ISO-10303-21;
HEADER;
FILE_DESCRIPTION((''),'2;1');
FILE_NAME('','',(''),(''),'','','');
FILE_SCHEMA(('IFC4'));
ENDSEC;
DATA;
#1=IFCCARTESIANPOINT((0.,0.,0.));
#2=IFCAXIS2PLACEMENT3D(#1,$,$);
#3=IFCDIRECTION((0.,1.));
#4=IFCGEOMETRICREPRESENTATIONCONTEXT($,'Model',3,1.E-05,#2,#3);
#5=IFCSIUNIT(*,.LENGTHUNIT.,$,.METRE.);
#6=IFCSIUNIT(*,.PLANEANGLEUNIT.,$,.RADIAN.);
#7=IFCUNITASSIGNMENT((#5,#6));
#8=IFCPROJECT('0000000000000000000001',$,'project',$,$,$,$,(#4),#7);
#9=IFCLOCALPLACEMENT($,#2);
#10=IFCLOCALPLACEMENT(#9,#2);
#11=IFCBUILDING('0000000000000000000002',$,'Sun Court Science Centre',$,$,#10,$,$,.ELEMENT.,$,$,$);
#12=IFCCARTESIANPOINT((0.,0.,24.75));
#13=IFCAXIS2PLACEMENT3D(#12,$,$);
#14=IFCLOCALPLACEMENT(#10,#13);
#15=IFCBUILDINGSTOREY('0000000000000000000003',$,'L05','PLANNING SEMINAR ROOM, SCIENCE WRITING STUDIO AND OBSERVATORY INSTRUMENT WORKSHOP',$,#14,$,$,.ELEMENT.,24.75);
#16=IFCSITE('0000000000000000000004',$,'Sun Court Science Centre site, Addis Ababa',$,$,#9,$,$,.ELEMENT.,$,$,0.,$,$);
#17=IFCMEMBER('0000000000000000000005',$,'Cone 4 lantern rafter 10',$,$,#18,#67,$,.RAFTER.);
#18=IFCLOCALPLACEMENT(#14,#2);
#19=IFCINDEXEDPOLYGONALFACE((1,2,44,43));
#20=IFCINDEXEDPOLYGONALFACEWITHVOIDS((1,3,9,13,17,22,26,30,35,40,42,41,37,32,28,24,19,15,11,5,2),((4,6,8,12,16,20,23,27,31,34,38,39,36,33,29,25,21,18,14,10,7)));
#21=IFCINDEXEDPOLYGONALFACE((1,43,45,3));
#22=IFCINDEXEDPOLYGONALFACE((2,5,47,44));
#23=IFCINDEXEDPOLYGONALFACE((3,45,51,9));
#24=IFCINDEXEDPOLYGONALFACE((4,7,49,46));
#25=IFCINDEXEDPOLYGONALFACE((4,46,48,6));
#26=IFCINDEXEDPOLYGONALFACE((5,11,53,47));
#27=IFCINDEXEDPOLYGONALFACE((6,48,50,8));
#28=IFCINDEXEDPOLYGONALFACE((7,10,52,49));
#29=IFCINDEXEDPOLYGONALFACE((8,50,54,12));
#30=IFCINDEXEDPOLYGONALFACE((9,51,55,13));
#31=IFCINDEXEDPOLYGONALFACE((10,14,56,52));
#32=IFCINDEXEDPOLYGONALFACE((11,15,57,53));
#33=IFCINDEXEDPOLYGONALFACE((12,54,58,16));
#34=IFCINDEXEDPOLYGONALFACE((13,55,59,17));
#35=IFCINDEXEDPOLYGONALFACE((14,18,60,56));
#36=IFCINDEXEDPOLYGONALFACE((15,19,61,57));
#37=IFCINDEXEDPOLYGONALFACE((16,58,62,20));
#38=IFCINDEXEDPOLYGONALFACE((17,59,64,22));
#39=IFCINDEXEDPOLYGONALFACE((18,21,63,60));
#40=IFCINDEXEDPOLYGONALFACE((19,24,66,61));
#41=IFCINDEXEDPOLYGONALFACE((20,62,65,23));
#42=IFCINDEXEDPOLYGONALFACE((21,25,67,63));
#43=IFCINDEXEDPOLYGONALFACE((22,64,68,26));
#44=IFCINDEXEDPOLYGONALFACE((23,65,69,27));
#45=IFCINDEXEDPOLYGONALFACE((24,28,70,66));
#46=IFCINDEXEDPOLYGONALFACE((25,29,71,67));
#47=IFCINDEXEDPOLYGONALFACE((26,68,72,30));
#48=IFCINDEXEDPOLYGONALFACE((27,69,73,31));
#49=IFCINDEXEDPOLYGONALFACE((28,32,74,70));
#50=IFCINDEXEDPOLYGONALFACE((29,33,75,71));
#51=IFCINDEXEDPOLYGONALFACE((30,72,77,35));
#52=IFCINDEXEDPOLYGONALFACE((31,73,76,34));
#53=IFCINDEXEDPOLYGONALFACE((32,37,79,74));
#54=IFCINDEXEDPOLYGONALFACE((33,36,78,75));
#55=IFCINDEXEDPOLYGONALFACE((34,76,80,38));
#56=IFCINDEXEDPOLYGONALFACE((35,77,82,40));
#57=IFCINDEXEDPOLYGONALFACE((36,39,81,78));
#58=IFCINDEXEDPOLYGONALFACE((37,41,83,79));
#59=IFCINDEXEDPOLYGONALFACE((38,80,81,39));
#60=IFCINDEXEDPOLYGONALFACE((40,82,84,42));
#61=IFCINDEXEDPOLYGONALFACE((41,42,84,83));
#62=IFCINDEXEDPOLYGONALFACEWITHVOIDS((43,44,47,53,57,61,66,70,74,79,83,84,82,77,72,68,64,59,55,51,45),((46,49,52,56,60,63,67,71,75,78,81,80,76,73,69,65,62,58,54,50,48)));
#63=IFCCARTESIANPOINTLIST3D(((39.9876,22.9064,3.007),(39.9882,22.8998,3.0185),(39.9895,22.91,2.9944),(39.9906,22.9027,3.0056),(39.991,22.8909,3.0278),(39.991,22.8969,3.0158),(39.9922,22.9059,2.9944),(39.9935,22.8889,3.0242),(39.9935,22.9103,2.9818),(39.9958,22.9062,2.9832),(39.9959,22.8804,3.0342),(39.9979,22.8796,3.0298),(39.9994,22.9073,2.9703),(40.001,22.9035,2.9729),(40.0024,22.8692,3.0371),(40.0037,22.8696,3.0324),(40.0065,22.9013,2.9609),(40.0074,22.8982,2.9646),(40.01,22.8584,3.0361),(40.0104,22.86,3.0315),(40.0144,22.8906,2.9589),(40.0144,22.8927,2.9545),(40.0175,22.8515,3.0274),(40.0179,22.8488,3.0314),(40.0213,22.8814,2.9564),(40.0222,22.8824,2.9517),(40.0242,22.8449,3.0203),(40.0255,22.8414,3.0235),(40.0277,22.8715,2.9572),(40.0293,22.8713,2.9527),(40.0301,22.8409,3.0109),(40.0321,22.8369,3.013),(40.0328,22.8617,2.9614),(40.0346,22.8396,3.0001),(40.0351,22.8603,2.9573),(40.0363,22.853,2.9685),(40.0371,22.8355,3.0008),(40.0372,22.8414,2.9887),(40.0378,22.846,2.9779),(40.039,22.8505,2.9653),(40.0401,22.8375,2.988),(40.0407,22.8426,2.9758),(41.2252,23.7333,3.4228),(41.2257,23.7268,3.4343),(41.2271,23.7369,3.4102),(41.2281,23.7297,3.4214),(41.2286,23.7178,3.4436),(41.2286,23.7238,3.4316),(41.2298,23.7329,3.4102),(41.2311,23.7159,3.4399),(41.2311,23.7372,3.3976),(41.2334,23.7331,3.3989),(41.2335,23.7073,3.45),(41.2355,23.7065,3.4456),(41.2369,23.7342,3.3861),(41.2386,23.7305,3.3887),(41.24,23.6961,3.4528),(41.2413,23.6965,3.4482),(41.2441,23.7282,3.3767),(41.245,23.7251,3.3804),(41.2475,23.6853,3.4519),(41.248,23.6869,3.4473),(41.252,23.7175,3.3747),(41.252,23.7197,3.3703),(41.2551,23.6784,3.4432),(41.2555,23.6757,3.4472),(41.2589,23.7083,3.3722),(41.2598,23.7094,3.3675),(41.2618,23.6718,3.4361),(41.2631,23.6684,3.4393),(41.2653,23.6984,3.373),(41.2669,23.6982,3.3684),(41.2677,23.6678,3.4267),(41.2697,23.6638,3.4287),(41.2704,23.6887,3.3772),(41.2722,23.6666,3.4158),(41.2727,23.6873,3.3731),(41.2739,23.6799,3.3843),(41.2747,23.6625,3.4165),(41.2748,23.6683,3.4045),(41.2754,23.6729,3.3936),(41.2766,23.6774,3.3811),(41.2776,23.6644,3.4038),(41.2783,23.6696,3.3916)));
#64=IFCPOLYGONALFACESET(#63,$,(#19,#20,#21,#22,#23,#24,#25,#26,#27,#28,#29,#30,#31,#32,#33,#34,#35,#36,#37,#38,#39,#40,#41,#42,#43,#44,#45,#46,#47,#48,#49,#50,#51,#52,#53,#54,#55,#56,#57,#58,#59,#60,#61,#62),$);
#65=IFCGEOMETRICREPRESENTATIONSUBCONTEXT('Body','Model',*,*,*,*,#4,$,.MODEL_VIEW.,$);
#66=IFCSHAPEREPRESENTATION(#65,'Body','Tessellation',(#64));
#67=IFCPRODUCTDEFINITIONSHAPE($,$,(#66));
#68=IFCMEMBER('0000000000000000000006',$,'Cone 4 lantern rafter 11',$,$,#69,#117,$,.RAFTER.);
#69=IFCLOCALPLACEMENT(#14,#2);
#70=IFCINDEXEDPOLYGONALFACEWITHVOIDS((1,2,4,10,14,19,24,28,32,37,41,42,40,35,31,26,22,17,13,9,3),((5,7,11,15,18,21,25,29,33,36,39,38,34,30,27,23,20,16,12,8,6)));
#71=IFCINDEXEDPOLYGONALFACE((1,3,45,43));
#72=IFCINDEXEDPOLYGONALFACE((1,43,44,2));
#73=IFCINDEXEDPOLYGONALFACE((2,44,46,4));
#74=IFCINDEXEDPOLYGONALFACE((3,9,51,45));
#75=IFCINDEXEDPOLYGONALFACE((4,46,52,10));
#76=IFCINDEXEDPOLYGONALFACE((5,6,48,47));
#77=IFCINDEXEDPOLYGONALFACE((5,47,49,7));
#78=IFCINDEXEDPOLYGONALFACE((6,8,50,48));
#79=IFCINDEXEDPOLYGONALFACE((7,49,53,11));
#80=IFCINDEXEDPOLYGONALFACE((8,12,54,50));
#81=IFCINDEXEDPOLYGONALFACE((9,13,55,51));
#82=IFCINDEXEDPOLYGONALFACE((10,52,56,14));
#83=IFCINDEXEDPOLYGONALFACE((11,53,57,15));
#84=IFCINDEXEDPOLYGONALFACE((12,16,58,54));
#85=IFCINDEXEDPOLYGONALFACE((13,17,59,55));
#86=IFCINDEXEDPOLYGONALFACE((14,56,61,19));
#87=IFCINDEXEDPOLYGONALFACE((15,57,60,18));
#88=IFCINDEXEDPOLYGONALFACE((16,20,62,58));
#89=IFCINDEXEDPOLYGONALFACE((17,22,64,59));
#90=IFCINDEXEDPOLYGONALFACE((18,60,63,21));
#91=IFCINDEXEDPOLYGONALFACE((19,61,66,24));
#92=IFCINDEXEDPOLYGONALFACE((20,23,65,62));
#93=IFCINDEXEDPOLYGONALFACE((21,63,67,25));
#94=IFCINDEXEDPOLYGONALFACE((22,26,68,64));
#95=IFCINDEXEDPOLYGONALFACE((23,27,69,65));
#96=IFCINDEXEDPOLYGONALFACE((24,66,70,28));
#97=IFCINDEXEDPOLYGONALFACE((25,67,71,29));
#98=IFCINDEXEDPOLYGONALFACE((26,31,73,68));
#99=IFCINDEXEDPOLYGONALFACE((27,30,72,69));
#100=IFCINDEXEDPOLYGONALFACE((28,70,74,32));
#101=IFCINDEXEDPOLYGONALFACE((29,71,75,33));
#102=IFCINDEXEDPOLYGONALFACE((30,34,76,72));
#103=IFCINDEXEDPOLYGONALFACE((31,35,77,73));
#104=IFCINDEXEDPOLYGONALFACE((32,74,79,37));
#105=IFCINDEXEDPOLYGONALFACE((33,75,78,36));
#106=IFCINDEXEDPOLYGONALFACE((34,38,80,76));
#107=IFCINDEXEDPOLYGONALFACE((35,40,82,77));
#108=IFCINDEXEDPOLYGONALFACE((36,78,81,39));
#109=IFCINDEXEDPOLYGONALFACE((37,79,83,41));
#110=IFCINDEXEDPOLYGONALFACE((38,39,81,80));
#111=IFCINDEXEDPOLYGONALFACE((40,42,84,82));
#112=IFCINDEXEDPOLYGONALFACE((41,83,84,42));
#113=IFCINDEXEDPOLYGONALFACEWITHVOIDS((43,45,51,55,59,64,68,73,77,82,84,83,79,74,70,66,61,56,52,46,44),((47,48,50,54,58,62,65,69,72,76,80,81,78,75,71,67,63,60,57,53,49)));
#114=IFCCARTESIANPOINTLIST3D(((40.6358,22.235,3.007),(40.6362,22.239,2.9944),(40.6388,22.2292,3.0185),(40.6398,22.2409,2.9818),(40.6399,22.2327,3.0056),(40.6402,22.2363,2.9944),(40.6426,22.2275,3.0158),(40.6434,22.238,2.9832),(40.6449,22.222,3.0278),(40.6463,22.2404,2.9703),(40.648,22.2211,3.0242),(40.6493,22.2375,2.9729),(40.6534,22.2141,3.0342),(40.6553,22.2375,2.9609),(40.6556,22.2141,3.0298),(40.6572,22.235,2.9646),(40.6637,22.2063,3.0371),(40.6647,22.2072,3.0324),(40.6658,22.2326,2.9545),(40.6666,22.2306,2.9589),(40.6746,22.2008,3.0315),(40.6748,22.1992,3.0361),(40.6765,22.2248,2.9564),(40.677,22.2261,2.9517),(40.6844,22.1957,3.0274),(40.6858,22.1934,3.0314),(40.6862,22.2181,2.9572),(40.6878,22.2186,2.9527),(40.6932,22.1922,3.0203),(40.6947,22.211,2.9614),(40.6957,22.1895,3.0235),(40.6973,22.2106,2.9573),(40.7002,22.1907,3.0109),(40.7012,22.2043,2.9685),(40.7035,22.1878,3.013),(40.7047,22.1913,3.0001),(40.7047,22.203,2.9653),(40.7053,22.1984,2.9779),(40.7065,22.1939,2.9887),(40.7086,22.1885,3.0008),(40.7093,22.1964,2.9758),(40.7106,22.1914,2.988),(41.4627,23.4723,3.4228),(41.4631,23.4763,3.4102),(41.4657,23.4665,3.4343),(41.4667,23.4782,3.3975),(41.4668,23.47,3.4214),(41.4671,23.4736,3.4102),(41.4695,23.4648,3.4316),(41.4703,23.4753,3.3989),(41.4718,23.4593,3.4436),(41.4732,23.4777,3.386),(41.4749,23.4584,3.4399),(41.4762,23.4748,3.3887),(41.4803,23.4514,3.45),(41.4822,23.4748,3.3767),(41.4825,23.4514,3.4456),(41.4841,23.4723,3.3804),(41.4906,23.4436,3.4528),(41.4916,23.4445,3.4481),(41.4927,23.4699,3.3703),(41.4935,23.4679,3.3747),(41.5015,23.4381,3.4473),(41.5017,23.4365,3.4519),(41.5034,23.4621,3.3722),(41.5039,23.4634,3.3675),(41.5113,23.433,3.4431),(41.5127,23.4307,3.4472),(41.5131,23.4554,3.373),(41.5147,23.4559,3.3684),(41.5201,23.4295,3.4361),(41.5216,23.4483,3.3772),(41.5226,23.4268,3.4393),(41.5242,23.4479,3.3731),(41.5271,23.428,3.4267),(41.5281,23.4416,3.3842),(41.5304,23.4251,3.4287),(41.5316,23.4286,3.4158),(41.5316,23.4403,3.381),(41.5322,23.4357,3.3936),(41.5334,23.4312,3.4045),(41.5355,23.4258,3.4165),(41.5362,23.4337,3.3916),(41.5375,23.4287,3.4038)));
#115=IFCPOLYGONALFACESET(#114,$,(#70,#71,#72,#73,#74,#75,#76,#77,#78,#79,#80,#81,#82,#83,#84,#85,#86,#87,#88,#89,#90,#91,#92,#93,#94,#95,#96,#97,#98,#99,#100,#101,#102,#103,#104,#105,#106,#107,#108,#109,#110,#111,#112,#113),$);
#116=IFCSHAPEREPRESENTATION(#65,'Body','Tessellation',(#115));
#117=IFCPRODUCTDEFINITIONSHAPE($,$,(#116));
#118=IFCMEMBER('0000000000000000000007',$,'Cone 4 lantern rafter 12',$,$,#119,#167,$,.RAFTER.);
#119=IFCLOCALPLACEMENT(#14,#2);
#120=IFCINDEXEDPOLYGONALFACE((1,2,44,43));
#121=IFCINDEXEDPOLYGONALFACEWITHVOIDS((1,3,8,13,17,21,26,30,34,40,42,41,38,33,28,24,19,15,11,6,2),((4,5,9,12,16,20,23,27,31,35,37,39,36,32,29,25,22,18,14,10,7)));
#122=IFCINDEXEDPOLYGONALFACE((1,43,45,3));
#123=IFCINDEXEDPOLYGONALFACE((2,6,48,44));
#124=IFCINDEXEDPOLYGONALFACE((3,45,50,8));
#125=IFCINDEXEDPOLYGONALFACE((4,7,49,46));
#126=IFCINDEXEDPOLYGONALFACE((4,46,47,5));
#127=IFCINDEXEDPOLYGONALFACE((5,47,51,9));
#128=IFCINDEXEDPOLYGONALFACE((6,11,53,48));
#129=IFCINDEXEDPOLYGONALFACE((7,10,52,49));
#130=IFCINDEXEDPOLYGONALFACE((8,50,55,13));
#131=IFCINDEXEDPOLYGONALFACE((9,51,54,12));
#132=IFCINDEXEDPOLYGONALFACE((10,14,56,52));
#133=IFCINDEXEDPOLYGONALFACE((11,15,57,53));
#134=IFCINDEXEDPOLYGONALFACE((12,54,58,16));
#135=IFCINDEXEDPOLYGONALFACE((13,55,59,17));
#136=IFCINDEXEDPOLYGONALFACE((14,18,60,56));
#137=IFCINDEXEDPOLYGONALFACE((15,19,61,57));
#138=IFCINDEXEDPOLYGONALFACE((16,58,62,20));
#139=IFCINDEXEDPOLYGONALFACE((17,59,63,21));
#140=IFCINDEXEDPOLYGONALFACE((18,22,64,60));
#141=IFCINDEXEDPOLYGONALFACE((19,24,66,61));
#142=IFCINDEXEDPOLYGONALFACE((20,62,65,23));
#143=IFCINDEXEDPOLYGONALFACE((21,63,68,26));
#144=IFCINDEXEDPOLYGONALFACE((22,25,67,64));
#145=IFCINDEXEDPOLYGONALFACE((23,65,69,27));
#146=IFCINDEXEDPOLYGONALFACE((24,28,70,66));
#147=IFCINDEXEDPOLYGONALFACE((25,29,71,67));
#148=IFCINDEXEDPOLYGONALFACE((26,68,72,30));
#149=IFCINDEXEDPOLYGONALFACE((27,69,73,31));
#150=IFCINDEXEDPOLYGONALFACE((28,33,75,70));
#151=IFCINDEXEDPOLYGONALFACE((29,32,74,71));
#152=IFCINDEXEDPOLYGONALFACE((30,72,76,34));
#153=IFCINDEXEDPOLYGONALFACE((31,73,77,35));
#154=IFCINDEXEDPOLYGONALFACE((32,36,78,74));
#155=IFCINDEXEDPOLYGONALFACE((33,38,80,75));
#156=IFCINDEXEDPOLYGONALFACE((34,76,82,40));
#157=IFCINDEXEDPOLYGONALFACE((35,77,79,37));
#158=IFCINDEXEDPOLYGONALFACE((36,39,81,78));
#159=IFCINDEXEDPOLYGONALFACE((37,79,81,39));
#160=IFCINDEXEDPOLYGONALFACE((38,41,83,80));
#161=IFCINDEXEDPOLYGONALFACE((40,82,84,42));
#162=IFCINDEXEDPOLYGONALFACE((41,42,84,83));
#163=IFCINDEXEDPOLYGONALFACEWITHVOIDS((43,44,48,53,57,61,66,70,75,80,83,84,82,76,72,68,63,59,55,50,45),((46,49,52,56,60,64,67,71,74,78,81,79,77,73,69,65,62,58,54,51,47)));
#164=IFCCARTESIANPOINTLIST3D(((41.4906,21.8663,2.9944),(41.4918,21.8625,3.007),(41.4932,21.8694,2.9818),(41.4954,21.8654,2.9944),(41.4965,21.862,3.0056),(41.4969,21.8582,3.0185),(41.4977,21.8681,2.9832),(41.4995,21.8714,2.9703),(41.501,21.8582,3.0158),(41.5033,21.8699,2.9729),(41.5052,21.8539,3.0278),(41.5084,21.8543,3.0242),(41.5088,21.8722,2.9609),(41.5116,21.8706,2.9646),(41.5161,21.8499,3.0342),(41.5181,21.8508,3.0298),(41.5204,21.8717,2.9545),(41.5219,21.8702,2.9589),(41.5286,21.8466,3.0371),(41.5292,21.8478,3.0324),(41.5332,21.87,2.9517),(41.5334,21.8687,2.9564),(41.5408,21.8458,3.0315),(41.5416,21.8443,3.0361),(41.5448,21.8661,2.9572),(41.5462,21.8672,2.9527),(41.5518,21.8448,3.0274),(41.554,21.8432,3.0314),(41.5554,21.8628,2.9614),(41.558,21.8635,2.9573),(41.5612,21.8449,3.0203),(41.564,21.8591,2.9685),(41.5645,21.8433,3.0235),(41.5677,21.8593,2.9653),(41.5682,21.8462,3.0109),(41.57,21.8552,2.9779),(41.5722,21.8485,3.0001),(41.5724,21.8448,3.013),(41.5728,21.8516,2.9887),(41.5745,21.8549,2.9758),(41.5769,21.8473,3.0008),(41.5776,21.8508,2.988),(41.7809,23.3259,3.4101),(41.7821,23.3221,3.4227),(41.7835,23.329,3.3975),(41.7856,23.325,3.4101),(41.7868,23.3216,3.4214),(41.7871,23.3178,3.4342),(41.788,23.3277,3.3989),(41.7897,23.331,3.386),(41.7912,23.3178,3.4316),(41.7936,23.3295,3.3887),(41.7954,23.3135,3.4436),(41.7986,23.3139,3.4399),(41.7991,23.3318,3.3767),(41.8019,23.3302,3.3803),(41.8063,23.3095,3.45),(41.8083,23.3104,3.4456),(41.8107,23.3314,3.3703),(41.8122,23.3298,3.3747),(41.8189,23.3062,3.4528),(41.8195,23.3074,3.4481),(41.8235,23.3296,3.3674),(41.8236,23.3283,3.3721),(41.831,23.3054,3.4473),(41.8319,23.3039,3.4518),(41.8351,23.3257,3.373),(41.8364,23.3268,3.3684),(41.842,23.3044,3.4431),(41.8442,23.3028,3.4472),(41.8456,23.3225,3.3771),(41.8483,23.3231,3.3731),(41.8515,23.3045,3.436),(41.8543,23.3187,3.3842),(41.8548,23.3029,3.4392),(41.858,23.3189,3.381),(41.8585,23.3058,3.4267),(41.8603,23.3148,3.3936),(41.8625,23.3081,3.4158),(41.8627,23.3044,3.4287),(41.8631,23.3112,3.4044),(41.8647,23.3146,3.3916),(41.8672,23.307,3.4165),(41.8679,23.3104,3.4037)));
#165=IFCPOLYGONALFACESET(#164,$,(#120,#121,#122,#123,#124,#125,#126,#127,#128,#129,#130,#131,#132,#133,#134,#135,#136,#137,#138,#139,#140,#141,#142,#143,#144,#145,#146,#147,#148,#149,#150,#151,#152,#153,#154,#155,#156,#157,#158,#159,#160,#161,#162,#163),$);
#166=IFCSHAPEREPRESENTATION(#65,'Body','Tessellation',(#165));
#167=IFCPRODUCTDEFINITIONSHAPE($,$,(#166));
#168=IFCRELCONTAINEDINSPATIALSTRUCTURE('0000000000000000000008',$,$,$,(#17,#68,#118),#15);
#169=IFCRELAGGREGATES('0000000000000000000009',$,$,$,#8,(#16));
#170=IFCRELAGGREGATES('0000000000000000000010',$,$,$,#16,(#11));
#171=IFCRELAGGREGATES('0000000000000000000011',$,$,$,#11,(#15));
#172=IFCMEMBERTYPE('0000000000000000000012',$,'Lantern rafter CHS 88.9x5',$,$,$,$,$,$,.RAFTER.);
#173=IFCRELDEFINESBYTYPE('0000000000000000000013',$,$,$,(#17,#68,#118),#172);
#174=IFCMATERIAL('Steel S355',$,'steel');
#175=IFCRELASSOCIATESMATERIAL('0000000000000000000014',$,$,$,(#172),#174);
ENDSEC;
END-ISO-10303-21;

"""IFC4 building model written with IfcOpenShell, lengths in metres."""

from ifc_helpers import new_model, si_unit, direction, frame, origin, origin_2d, place, context, subcontext, project, spatial, hollow_circle, extrude, material, material_profile, profile_set, type_object, element, save


model = new_model("IFC4")

# Units and contexts
model_context = context("Model", 3, precision=1e-05, world=origin(), true_north=direction((0.0, 1.0)))
body_context = subcontext(model_context, "Body", "Model", "MODEL_VIEW")
ifc_project = project(units=[si_unit("LENGTHUNIT", "METRE"), si_unit("PLANEANGLEUNIT", "RADIAN")], contexts=[model_context])

# Site, building, storey
site_placement = place(None, origin())
site = spatial("IfcSite", under=ifc_project, at=site_placement, Name="Sun Court Science Centre site, Addis Ababa", CompositionType="ELEMENT", RefElevation=0.0)
building_placement = place(site_placement, origin())
building = spatial("IfcBuilding", under=site, at=building_placement, Name="Sun Court Science Centre", CompositionType="ELEMENT")
storey_placement = place(building_placement, frame((0.0, 0.0, 24.75)))
storey = spatial("IfcBuildingStorey", under=building, at=storey_placement, Name="L05", Description="PLANNING SEMINAR ROOM, SCIENCE WRITING STUDIO AND OBSERVATORY INSTRUMENT WORKSHOP", CompositionType="ELEMENT", Elevation=24.75)

# Members
ifc_material_1 = material(Name="Steel S355", Category="steel")
ifc_material_profile_1 = material_profile(ifc_material_1, hollow_circle(Radius=0.0444, WallThickness=0.0049, at=origin_2d()), Name="CHS 88.9x5")
ifc_profile_set_1 = profile_set([ifc_material_profile_1], Name="Steel S355")
member_type_1 = type_object("IfcMemberType", Name="Lantern rafter CHS 88.9x5", PredefinedType="RAFTER", material=ifc_profile_set_1)
member_1_placement = place(storey_placement, frame((40.0142, 22.873, 2.9944), z_axis=(0.800811, 0.535086, 0.269044), x_axis=(-0.555571, 0.831469, 0.0)))
element("IfcMember", 1, at=member_1_placement, inside=storey, type_object=member_type_1, Name="Cone 4 lantern rafter 10", PredefinedType="RAFTER", context=body_context, shape_type="SweptSolid", body=[
    extrude(hollow_circle(Radius=0.0444, WallThickness=0.0049, at=origin_2d()), origin(), (0.0, 0.0, 1.0), 1.5454),
])
for number, where, z_axis, x_axis, name in (
    (2, (40.6731, 22.2144, 2.9944), (0.535153, 0.800755, 0.269078), (-0.831419, 0.555646, 0.0), "Cone 4 lantern rafter 11"),
    (3, (41.5342, 21.8577, 2.9944), (0.187851, 0.944627, 0.269058), (-0.980795, 0.195043, 0.0), "Cone 4 lantern rafter 12"),
):
    element("IfcMember", number, at=place(storey_placement, frame(where, z_axis=z_axis, x_axis=x_axis)), inside=storey, type_object=member_type_1, Name=name, PredefinedType="RAFTER", context=body_context, shape_type="SweptSolid", body=[
        extrude(hollow_circle(Radius=0.0444, WallThickness=0.0049, at=origin_2d()), origin(), (0.0, 0.0, 1.0), 1.5452),
    ])

save(model, "model.ifc")
